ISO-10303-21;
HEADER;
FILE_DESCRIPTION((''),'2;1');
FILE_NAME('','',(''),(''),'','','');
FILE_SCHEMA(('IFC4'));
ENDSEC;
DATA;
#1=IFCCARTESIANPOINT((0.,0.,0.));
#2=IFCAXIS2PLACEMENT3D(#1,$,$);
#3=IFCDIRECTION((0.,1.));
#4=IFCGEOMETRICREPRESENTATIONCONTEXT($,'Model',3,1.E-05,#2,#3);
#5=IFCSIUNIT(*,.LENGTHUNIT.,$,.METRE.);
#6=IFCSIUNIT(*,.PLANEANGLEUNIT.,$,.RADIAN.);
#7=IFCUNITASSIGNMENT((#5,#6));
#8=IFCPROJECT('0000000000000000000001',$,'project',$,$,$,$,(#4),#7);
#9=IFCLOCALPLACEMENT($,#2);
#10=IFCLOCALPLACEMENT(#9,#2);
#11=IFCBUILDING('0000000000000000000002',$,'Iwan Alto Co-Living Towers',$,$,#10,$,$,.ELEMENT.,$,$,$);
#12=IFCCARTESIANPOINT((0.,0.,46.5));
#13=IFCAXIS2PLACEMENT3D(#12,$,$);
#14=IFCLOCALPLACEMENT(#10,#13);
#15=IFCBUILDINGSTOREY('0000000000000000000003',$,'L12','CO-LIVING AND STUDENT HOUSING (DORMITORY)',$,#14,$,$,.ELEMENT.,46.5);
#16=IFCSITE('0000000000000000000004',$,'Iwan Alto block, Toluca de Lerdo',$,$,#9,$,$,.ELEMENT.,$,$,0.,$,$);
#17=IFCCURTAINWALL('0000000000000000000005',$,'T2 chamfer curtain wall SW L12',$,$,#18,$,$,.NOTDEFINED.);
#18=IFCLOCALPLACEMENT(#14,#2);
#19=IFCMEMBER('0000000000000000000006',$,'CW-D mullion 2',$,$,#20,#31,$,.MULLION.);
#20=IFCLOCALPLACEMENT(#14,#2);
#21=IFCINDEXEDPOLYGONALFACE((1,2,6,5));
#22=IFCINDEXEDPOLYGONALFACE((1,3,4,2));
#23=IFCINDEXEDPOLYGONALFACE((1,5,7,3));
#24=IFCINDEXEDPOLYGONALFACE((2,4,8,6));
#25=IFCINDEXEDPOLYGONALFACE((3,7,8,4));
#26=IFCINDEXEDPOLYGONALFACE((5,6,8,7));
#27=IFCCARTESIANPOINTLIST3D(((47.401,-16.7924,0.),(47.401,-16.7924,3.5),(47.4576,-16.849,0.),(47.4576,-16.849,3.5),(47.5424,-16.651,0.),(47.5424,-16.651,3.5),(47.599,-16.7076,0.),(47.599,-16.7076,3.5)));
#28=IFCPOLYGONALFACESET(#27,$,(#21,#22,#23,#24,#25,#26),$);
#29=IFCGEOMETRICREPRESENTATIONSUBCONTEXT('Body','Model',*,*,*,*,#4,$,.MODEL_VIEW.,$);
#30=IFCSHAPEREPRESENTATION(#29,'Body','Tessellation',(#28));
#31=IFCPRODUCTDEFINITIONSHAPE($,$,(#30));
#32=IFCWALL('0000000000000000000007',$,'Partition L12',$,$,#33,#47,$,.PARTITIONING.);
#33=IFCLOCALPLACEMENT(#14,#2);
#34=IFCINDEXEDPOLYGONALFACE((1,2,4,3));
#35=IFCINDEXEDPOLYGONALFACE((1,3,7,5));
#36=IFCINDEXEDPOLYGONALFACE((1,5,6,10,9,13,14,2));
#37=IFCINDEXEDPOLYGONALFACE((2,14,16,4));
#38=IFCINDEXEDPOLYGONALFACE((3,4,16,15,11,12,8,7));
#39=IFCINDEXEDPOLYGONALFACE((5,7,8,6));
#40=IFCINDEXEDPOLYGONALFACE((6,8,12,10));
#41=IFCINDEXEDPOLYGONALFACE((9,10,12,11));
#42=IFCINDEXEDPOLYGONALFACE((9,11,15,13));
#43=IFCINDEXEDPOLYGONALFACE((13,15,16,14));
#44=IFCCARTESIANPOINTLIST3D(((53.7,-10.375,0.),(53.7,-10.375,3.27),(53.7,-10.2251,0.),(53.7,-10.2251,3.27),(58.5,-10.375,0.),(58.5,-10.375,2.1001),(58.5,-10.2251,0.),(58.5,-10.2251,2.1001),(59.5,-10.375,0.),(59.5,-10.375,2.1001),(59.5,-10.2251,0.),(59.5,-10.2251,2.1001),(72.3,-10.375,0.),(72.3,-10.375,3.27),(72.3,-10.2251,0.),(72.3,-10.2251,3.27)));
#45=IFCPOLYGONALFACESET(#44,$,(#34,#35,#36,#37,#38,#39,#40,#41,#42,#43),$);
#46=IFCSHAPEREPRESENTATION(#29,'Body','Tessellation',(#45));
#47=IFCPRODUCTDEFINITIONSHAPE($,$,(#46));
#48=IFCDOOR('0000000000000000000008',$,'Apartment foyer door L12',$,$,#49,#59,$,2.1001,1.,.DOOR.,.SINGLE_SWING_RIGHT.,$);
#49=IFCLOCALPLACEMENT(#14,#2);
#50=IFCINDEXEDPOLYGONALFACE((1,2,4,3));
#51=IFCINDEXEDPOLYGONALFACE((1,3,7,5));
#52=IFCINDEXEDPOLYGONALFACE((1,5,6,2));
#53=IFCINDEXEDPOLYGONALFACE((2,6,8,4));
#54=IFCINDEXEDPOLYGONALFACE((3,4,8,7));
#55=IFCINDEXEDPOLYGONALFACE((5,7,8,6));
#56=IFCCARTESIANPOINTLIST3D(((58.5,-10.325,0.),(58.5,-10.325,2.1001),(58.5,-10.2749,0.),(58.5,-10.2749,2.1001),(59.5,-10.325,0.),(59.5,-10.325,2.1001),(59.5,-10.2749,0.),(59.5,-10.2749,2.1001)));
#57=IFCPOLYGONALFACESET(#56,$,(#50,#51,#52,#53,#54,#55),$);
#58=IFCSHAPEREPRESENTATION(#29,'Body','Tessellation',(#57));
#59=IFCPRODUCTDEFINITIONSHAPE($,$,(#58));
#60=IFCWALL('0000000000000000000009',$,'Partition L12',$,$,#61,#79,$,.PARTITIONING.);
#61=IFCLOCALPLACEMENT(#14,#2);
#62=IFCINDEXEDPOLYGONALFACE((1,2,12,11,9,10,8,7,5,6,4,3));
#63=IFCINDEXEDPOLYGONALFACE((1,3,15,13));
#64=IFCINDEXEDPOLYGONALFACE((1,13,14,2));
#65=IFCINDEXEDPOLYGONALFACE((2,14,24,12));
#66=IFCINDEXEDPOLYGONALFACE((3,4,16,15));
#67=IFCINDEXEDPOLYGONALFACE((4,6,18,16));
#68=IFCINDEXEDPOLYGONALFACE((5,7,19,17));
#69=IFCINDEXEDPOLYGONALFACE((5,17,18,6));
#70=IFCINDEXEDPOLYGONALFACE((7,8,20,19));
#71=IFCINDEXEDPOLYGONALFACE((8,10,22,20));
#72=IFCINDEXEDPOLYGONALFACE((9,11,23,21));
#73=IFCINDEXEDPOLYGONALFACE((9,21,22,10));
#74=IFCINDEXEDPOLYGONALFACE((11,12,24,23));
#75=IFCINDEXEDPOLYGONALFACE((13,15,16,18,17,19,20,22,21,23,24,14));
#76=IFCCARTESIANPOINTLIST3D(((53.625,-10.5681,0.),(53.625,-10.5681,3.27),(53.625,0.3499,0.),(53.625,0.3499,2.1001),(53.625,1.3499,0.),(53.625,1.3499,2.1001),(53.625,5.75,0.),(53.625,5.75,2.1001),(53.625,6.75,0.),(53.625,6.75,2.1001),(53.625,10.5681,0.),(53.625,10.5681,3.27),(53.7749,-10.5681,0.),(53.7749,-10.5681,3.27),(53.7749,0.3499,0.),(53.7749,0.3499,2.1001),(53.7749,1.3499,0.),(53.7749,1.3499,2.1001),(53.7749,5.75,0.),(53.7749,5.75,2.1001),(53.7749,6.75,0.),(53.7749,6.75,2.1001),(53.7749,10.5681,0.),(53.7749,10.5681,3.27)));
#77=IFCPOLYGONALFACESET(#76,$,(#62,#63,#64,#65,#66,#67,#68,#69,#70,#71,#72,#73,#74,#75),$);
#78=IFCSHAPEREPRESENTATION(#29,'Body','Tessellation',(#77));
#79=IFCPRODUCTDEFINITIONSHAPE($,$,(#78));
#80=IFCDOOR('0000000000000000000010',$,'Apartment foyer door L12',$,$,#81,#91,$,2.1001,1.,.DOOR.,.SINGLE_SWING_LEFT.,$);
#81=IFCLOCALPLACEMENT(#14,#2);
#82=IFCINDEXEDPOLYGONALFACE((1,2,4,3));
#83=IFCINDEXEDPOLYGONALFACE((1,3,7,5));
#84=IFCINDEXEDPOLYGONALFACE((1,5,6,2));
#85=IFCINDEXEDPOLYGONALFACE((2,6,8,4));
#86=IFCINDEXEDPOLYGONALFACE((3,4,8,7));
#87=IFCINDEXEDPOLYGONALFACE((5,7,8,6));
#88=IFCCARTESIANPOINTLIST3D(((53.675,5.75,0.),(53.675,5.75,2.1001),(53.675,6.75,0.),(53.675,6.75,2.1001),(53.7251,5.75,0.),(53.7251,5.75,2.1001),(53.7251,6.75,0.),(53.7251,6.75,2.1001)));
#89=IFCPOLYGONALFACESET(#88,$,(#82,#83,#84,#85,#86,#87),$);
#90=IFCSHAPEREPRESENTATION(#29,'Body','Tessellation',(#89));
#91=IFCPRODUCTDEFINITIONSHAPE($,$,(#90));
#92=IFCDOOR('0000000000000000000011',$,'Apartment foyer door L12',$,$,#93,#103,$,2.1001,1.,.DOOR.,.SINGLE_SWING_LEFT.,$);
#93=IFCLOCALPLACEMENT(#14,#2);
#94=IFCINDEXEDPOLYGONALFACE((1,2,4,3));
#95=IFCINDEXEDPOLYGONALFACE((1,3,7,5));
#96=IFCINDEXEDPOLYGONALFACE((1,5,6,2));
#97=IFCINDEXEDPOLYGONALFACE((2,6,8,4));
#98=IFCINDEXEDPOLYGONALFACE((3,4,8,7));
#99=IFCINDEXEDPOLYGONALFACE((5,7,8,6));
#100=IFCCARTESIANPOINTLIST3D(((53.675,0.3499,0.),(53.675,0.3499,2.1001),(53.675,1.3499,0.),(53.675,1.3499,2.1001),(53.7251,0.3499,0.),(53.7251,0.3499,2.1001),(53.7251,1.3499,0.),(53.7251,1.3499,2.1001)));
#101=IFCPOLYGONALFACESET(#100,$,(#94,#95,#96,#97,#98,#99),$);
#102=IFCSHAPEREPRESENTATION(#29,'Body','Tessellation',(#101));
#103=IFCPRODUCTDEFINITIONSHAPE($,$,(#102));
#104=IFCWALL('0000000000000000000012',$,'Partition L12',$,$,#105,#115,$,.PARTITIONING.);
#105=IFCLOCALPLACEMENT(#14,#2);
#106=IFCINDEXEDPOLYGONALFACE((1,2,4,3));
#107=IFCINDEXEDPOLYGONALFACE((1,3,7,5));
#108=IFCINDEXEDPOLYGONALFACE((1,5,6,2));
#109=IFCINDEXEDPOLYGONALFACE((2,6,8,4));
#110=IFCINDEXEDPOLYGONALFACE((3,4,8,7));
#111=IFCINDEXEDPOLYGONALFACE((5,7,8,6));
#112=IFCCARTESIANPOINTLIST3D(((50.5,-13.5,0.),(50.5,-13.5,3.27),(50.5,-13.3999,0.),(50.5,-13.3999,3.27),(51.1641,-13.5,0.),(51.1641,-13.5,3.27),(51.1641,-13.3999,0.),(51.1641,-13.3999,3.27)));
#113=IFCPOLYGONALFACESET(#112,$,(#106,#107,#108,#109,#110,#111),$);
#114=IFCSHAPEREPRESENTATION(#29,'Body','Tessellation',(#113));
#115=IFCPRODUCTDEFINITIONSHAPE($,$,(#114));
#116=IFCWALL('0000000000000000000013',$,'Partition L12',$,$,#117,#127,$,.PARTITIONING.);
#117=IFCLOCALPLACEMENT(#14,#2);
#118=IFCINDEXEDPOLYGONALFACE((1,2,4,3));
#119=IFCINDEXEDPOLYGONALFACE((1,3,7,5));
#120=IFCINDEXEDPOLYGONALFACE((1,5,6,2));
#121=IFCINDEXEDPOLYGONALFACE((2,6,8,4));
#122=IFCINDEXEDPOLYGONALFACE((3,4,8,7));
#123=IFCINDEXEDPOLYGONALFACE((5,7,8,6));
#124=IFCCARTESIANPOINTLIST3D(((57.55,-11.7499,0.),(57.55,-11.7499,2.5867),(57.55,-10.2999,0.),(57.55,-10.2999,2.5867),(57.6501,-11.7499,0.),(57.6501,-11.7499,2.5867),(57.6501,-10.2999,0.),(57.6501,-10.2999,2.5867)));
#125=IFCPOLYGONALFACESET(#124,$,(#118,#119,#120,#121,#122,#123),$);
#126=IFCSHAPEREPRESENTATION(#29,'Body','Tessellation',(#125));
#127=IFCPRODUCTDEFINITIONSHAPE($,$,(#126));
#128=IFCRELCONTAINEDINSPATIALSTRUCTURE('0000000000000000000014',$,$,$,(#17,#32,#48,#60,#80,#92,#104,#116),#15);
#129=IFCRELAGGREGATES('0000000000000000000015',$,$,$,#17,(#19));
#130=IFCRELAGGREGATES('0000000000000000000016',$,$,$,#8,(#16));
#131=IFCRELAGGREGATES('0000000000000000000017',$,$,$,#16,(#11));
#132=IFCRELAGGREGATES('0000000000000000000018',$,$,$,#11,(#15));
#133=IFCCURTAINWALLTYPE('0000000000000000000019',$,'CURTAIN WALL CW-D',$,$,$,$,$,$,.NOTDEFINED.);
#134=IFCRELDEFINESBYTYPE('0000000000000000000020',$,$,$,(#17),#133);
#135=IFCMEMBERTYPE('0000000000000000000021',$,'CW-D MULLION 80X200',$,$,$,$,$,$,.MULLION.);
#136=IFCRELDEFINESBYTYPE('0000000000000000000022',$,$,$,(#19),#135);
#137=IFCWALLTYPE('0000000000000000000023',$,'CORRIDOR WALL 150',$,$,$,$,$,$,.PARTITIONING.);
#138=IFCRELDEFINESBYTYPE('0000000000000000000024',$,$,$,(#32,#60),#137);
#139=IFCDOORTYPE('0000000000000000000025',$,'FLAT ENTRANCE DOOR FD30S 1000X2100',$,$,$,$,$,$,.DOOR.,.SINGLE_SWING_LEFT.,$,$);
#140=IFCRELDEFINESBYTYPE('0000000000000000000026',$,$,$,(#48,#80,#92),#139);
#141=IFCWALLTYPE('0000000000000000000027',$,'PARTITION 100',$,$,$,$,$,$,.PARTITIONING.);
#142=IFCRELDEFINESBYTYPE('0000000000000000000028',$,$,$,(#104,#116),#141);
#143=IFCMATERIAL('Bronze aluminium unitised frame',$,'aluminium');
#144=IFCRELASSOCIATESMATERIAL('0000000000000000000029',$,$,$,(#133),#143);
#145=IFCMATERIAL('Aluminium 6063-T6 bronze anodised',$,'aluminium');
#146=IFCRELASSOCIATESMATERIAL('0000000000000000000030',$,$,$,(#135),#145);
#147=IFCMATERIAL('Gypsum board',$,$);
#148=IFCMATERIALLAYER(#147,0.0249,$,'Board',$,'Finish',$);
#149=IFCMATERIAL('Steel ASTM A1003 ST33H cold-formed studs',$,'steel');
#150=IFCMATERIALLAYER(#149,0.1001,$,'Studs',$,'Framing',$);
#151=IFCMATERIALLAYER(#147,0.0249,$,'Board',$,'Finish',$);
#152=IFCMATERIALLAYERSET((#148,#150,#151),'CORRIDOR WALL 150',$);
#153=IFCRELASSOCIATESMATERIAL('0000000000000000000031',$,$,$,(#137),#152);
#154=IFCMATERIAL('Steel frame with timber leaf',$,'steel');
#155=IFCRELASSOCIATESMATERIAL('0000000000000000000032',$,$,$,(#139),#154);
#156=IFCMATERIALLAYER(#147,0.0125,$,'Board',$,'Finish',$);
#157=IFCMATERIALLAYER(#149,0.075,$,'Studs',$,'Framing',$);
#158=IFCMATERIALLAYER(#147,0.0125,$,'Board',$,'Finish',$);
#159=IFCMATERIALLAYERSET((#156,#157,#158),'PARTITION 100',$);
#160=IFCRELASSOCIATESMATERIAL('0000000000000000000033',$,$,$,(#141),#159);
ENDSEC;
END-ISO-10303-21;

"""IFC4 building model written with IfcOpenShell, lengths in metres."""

from ifc_helpers import new_model, si_unit, direction, frame, frame_2d, origin, origin_2d, place, context, subcontext, project, spatial, rectangle, extrude, material, layer, layer_set, material_profile, profile_set, type_object, element, fill, aggregate, save


model = new_model("IFC4")

# Units and contexts
model_context = context("Model", 3, precision=1e-05, world=origin(), true_north=direction((0.0, 1.0)))
body_context = subcontext(model_context, "Body", "Model", "MODEL_VIEW")
ifc_project = project(units=[si_unit("LENGTHUNIT", "METRE"), si_unit("PLANEANGLEUNIT", "RADIAN")], contexts=[model_context])

# Site, building, storey
site_placement = place(None, origin())
site = spatial("IfcSite", under=ifc_project, at=site_placement, Name="Iwan Alto block, Toluca de Lerdo", CompositionType="ELEMENT", RefElevation=0.0)
building_placement = place(site_placement, origin())
building = spatial("IfcBuilding", under=site, at=building_placement, Name="Iwan Alto Co-Living Towers", CompositionType="ELEMENT")
storey_placement = place(building_placement, frame((0.0, 0.0, 46.5)))
storey = spatial("IfcBuildingStorey", under=building, at=storey_placement, Name="L12", Description="CO-LIVING AND STUDENT HOUSING (DORMITORY)", CompositionType="ELEMENT", Elevation=46.5)

# Curtain wall, member
ifc_material_1 = material(Name="Bronze aluminium unitised frame", Category="aluminium")
curtain_wall_type = type_object("IfcCurtainWallType", Name="CURTAIN WALL CW-D", PredefinedType="NOTDEFINED", material=ifc_material_1)
curtain_wall_placement = place(storey_placement, origin())
curtain_wall = element("IfcCurtainWall", 1, at=curtain_wall_placement, inside=storey, type_object=curtain_wall_type, Name="T2 chamfer curtain wall SW L12", PredefinedType="NOTDEFINED")
ifc_material_2 = material(Name="Aluminium 6063-T6 bronze anodised", Category="aluminium")
ifc_material_profile = material_profile(ifc_material_2, rectangle(XDim=0.2, YDim=0.0801, at=origin_2d()), Name="AL 80X200")
ifc_profile_set = profile_set([ifc_material_profile], Name="Aluminium 6063-T6 bronze anodised")
member_type = type_object("IfcMemberType", Name="CW-D MULLION 80X200", PredefinedType="MULLION", material=ifc_profile_set)
member_placement = place(storey_placement, frame((47.5, -16.75, 0.0), z_axis=(0.0, 0.0, 1.0), x_axis=(0.707107, 0.707107, 0.0)))
member = element("IfcMember", 2, at=member_placement, type_object=member_type, Name="CW-D mullion 2", PredefinedType="MULLION", context=body_context, shape_type="SweptSolid", body=[
    extrude(rectangle(XDim=0.2, YDim=0.0801, at=origin_2d()), origin(), (0.0, 0.0, 1.0), 3.5),
])
aggregate(curtain_wall, [member])

# Wall, opening, door
ifc_material_3 = material(Name="Gypsum board")
ifc_layer_1 = layer(ifc_material_3, 0.0249, Name="Board", Category="Finish")
ifc_material_4 = material(Name="Steel ASTM A1003 ST33H cold-formed studs", Category="steel")
ifc_layer_2 = layer(ifc_material_4, 0.1001, Name="Studs", Category="Framing")
ifc_layer_3 = layer(ifc_material_3, 0.0249, Name="Board", Category="Finish")
ifc_layer_set_1 = layer_set([ifc_layer_1, ifc_layer_2, ifc_layer_3], Name="CORRIDOR WALL 150")
wall_type_1 = type_object("IfcWallType", Name="CORRIDOR WALL 150", PredefinedType="PARTITIONING", material=ifc_layer_set_1)
wall_1_placement = place(storey_placement, frame((53.7, -10.3, 0.0), z_axis=(0.0, 0.0, 1.0), x_axis=(1.0, 0.0, 0.0)))
wall_1 = element("IfcWall", 3, at=wall_1_placement, inside=storey, type_object=wall_type_1, Name="Partition L12", PredefinedType="PARTITIONING", context=body_context, shape_type="SweptSolid", body=[
    extrude(rectangle(XDim=18.6001, YDim=0.1499, at=frame_2d((9.3, 0.0))), origin(), (0.0, 0.0, 1.0), 3.27),
])
opening_1_placement = place(wall_1_placement, frame((4.8, 0.0, 0.0)))
opening_1 = element("IfcOpeningElement", 4, at=opening_1_placement, cuts=wall_1, PredefinedType="OPENING", context=body_context, shape_type="SweptSolid", body=[
    extrude(rectangle(XDim=1.0, YDim=2.1001, at=frame_2d((0.5, 1.05))), frame((0.0, 0.085, 0.0), z_axis=(0.0, -1.0, 0.0), x_axis=(1.0, 0.0, 0.0)), (0.0, 0.0, 1.0), 0.1699),
])
ifc_material_5 = material(Name="Steel frame with timber leaf", Category="steel")
door_type_1 = type_object("IfcDoorType", Name="FLAT ENTRANCE DOOR FD30S 1000X2100", OperationType="SINGLE_SWING_LEFT", PredefinedType="DOOR", material=ifc_material_5)
door_1_placement = place(opening_1_placement, frame((1.0, 0.0, 0.0), z_axis=(0.0, 0.0, 1.0), x_axis=(-1.0, 0.0, 0.0)))
door_1 = element("IfcDoor", 5, at=door_1_placement, inside=storey, type_object=door_type_1, Name="Apartment foyer door L12", OperationType="SINGLE_SWING_RIGHT", OverallHeight=2.1001, OverallWidth=1.0, PredefinedType="DOOR", context=body_context, shape_type="SweptSolid", body=[
    extrude(rectangle(XDim=1.0, YDim=2.1001, at=frame_2d((0.5, 1.05))), frame((0.0, 0.0249, 0.0), z_axis=(0.0, -1.0, 0.0), x_axis=(1.0, 0.0, 0.0)), (0.0, 0.0, 1.0), 0.05),
])
fill(opening_1, door_1)

# Wall, openings, doors
wall_2_placement = place(storey_placement, frame((53.7, -10.5681, 0.0), z_axis=(0.0, 0.0, 1.0), x_axis=(0.0, 1.0, 0.0)))
wall_2 = element("IfcWall", 6, at=wall_2_placement, inside=storey, type_object=wall_type_1, Name="Partition L12", PredefinedType="PARTITIONING", context=body_context, shape_type="SweptSolid", body=[
    extrude(rectangle(XDim=21.1362, YDim=0.1499, at=frame_2d((10.5681, 0.0))), origin(), (0.0, 0.0, 1.0), 3.27),
])
opening_2_placement = place(wall_2_placement, frame((16.3181, 0.0, 0.0)))
opening_2 = element("IfcOpeningElement", 7, at=opening_2_placement, cuts=wall_2, PredefinedType="OPENING", context=body_context, shape_type="SweptSolid", body=[
    extrude(rectangle(XDim=1.0, YDim=2.1001, at=frame_2d((0.5, 1.05))), frame((0.0, 0.085, 0.0), z_axis=(0.0, -1.0, 0.0), x_axis=(1.0, 0.0, 0.0)), (0.0, 0.0, 1.0), 0.1699),
])
opening_3_placement = place(wall_2_placement, frame((10.918, 0.0, 0.0)))
opening_3 = element("IfcOpeningElement", 8, at=opening_3_placement, cuts=wall_2, PredefinedType="OPENING", context=body_context, shape_type="SweptSolid", body=[
    extrude(rectangle(XDim=1.0, YDim=2.1001, at=frame_2d((0.5, 1.05))), frame((0.0, 0.085, 0.0), z_axis=(0.0, -1.0, 0.0), x_axis=(1.0, 0.0, 0.0)), (0.0, 0.0, 1.0), 0.1699),
])
door_2_placement = place(opening_2_placement, origin())
door_2 = element("IfcDoor", 9, at=door_2_placement, inside=storey, type_object=door_type_1, Name="Apartment foyer door L12", OperationType="SINGLE_SWING_LEFT", OverallHeight=2.1001, OverallWidth=1.0, PredefinedType="DOOR", context=body_context, shape_type="SweptSolid", body=[
    extrude(rectangle(XDim=1.0, YDim=2.1001, at=frame_2d((0.5, 1.05))), frame((0.0, 0.0249, 0.0), z_axis=(0.0, -1.0, 0.0), x_axis=(1.0, 0.0, 0.0)), (0.0, 0.0, 1.0), 0.05),
])
fill(opening_2, door_2)
door_3_placement = place(opening_3_placement, origin())
door_3 = element("IfcDoor", 10, at=door_3_placement, inside=storey, type_object=door_type_1, Name="Apartment foyer door L12", OperationType="SINGLE_SWING_LEFT", OverallHeight=2.1001, OverallWidth=1.0, PredefinedType="DOOR", context=body_context, shape_type="SweptSolid", body=[
    extrude(rectangle(XDim=1.0, YDim=2.1001, at=frame_2d((0.5, 1.05))), frame((0.0, 0.0249, 0.0), z_axis=(0.0, -1.0, 0.0), x_axis=(1.0, 0.0, 0.0)), (0.0, 0.0, 1.0), 0.05),
])
fill(opening_3, door_3)

# Walls
ifc_layer_4 = layer(ifc_material_3, 0.0125, Name="Board", Category="Finish")
ifc_layer_5 = layer(ifc_material_4, 0.075, Name="Studs", Category="Framing")
ifc_layer_6 = layer(ifc_material_3, 0.0125, Name="Board", Category="Finish")
ifc_layer_set_2 = layer_set([ifc_layer_4, ifc_layer_5, ifc_layer_6], Name="PARTITION 100")
wall_type_2 = type_object("IfcWallType", Name="PARTITION 100", PredefinedType="PARTITIONING", material=ifc_layer_set_2)
wall_3_placement = place(storey_placement, frame((50.5, -13.45, 0.0), z_axis=(0.0, 0.0, 1.0), x_axis=(1.0, 0.0, 0.0)))
element("IfcWall", 11, at=wall_3_placement, inside=storey, type_object=wall_type_2, Name="Partition L12", PredefinedType="PARTITIONING", context=body_context, shape_type="SweptSolid", body=[
    extrude(rectangle(XDim=0.6641, YDim=0.1001, at=frame_2d((0.332, 0.0))), origin(), (0.0, 0.0, 1.0), 3.27),
])
wall_4_placement = place(storey_placement, frame((57.6001, -11.75, 0.0), z_axis=(0.0, 0.0, 1.0), x_axis=(0.0, 1.0, 0.0)))
element("IfcWall", 12, at=wall_4_placement, inside=storey, type_object=wall_type_2, Name="Partition L12", PredefinedType="PARTITIONING", context=body_context, shape_type="SweptSolid", body=[
    extrude(rectangle(XDim=1.45, YDim=0.1001, at=frame_2d((0.7251, 0.0))), origin(), (0.0, 0.0, 1.0), 2.5867),
])

save(model, "model.ifc")
